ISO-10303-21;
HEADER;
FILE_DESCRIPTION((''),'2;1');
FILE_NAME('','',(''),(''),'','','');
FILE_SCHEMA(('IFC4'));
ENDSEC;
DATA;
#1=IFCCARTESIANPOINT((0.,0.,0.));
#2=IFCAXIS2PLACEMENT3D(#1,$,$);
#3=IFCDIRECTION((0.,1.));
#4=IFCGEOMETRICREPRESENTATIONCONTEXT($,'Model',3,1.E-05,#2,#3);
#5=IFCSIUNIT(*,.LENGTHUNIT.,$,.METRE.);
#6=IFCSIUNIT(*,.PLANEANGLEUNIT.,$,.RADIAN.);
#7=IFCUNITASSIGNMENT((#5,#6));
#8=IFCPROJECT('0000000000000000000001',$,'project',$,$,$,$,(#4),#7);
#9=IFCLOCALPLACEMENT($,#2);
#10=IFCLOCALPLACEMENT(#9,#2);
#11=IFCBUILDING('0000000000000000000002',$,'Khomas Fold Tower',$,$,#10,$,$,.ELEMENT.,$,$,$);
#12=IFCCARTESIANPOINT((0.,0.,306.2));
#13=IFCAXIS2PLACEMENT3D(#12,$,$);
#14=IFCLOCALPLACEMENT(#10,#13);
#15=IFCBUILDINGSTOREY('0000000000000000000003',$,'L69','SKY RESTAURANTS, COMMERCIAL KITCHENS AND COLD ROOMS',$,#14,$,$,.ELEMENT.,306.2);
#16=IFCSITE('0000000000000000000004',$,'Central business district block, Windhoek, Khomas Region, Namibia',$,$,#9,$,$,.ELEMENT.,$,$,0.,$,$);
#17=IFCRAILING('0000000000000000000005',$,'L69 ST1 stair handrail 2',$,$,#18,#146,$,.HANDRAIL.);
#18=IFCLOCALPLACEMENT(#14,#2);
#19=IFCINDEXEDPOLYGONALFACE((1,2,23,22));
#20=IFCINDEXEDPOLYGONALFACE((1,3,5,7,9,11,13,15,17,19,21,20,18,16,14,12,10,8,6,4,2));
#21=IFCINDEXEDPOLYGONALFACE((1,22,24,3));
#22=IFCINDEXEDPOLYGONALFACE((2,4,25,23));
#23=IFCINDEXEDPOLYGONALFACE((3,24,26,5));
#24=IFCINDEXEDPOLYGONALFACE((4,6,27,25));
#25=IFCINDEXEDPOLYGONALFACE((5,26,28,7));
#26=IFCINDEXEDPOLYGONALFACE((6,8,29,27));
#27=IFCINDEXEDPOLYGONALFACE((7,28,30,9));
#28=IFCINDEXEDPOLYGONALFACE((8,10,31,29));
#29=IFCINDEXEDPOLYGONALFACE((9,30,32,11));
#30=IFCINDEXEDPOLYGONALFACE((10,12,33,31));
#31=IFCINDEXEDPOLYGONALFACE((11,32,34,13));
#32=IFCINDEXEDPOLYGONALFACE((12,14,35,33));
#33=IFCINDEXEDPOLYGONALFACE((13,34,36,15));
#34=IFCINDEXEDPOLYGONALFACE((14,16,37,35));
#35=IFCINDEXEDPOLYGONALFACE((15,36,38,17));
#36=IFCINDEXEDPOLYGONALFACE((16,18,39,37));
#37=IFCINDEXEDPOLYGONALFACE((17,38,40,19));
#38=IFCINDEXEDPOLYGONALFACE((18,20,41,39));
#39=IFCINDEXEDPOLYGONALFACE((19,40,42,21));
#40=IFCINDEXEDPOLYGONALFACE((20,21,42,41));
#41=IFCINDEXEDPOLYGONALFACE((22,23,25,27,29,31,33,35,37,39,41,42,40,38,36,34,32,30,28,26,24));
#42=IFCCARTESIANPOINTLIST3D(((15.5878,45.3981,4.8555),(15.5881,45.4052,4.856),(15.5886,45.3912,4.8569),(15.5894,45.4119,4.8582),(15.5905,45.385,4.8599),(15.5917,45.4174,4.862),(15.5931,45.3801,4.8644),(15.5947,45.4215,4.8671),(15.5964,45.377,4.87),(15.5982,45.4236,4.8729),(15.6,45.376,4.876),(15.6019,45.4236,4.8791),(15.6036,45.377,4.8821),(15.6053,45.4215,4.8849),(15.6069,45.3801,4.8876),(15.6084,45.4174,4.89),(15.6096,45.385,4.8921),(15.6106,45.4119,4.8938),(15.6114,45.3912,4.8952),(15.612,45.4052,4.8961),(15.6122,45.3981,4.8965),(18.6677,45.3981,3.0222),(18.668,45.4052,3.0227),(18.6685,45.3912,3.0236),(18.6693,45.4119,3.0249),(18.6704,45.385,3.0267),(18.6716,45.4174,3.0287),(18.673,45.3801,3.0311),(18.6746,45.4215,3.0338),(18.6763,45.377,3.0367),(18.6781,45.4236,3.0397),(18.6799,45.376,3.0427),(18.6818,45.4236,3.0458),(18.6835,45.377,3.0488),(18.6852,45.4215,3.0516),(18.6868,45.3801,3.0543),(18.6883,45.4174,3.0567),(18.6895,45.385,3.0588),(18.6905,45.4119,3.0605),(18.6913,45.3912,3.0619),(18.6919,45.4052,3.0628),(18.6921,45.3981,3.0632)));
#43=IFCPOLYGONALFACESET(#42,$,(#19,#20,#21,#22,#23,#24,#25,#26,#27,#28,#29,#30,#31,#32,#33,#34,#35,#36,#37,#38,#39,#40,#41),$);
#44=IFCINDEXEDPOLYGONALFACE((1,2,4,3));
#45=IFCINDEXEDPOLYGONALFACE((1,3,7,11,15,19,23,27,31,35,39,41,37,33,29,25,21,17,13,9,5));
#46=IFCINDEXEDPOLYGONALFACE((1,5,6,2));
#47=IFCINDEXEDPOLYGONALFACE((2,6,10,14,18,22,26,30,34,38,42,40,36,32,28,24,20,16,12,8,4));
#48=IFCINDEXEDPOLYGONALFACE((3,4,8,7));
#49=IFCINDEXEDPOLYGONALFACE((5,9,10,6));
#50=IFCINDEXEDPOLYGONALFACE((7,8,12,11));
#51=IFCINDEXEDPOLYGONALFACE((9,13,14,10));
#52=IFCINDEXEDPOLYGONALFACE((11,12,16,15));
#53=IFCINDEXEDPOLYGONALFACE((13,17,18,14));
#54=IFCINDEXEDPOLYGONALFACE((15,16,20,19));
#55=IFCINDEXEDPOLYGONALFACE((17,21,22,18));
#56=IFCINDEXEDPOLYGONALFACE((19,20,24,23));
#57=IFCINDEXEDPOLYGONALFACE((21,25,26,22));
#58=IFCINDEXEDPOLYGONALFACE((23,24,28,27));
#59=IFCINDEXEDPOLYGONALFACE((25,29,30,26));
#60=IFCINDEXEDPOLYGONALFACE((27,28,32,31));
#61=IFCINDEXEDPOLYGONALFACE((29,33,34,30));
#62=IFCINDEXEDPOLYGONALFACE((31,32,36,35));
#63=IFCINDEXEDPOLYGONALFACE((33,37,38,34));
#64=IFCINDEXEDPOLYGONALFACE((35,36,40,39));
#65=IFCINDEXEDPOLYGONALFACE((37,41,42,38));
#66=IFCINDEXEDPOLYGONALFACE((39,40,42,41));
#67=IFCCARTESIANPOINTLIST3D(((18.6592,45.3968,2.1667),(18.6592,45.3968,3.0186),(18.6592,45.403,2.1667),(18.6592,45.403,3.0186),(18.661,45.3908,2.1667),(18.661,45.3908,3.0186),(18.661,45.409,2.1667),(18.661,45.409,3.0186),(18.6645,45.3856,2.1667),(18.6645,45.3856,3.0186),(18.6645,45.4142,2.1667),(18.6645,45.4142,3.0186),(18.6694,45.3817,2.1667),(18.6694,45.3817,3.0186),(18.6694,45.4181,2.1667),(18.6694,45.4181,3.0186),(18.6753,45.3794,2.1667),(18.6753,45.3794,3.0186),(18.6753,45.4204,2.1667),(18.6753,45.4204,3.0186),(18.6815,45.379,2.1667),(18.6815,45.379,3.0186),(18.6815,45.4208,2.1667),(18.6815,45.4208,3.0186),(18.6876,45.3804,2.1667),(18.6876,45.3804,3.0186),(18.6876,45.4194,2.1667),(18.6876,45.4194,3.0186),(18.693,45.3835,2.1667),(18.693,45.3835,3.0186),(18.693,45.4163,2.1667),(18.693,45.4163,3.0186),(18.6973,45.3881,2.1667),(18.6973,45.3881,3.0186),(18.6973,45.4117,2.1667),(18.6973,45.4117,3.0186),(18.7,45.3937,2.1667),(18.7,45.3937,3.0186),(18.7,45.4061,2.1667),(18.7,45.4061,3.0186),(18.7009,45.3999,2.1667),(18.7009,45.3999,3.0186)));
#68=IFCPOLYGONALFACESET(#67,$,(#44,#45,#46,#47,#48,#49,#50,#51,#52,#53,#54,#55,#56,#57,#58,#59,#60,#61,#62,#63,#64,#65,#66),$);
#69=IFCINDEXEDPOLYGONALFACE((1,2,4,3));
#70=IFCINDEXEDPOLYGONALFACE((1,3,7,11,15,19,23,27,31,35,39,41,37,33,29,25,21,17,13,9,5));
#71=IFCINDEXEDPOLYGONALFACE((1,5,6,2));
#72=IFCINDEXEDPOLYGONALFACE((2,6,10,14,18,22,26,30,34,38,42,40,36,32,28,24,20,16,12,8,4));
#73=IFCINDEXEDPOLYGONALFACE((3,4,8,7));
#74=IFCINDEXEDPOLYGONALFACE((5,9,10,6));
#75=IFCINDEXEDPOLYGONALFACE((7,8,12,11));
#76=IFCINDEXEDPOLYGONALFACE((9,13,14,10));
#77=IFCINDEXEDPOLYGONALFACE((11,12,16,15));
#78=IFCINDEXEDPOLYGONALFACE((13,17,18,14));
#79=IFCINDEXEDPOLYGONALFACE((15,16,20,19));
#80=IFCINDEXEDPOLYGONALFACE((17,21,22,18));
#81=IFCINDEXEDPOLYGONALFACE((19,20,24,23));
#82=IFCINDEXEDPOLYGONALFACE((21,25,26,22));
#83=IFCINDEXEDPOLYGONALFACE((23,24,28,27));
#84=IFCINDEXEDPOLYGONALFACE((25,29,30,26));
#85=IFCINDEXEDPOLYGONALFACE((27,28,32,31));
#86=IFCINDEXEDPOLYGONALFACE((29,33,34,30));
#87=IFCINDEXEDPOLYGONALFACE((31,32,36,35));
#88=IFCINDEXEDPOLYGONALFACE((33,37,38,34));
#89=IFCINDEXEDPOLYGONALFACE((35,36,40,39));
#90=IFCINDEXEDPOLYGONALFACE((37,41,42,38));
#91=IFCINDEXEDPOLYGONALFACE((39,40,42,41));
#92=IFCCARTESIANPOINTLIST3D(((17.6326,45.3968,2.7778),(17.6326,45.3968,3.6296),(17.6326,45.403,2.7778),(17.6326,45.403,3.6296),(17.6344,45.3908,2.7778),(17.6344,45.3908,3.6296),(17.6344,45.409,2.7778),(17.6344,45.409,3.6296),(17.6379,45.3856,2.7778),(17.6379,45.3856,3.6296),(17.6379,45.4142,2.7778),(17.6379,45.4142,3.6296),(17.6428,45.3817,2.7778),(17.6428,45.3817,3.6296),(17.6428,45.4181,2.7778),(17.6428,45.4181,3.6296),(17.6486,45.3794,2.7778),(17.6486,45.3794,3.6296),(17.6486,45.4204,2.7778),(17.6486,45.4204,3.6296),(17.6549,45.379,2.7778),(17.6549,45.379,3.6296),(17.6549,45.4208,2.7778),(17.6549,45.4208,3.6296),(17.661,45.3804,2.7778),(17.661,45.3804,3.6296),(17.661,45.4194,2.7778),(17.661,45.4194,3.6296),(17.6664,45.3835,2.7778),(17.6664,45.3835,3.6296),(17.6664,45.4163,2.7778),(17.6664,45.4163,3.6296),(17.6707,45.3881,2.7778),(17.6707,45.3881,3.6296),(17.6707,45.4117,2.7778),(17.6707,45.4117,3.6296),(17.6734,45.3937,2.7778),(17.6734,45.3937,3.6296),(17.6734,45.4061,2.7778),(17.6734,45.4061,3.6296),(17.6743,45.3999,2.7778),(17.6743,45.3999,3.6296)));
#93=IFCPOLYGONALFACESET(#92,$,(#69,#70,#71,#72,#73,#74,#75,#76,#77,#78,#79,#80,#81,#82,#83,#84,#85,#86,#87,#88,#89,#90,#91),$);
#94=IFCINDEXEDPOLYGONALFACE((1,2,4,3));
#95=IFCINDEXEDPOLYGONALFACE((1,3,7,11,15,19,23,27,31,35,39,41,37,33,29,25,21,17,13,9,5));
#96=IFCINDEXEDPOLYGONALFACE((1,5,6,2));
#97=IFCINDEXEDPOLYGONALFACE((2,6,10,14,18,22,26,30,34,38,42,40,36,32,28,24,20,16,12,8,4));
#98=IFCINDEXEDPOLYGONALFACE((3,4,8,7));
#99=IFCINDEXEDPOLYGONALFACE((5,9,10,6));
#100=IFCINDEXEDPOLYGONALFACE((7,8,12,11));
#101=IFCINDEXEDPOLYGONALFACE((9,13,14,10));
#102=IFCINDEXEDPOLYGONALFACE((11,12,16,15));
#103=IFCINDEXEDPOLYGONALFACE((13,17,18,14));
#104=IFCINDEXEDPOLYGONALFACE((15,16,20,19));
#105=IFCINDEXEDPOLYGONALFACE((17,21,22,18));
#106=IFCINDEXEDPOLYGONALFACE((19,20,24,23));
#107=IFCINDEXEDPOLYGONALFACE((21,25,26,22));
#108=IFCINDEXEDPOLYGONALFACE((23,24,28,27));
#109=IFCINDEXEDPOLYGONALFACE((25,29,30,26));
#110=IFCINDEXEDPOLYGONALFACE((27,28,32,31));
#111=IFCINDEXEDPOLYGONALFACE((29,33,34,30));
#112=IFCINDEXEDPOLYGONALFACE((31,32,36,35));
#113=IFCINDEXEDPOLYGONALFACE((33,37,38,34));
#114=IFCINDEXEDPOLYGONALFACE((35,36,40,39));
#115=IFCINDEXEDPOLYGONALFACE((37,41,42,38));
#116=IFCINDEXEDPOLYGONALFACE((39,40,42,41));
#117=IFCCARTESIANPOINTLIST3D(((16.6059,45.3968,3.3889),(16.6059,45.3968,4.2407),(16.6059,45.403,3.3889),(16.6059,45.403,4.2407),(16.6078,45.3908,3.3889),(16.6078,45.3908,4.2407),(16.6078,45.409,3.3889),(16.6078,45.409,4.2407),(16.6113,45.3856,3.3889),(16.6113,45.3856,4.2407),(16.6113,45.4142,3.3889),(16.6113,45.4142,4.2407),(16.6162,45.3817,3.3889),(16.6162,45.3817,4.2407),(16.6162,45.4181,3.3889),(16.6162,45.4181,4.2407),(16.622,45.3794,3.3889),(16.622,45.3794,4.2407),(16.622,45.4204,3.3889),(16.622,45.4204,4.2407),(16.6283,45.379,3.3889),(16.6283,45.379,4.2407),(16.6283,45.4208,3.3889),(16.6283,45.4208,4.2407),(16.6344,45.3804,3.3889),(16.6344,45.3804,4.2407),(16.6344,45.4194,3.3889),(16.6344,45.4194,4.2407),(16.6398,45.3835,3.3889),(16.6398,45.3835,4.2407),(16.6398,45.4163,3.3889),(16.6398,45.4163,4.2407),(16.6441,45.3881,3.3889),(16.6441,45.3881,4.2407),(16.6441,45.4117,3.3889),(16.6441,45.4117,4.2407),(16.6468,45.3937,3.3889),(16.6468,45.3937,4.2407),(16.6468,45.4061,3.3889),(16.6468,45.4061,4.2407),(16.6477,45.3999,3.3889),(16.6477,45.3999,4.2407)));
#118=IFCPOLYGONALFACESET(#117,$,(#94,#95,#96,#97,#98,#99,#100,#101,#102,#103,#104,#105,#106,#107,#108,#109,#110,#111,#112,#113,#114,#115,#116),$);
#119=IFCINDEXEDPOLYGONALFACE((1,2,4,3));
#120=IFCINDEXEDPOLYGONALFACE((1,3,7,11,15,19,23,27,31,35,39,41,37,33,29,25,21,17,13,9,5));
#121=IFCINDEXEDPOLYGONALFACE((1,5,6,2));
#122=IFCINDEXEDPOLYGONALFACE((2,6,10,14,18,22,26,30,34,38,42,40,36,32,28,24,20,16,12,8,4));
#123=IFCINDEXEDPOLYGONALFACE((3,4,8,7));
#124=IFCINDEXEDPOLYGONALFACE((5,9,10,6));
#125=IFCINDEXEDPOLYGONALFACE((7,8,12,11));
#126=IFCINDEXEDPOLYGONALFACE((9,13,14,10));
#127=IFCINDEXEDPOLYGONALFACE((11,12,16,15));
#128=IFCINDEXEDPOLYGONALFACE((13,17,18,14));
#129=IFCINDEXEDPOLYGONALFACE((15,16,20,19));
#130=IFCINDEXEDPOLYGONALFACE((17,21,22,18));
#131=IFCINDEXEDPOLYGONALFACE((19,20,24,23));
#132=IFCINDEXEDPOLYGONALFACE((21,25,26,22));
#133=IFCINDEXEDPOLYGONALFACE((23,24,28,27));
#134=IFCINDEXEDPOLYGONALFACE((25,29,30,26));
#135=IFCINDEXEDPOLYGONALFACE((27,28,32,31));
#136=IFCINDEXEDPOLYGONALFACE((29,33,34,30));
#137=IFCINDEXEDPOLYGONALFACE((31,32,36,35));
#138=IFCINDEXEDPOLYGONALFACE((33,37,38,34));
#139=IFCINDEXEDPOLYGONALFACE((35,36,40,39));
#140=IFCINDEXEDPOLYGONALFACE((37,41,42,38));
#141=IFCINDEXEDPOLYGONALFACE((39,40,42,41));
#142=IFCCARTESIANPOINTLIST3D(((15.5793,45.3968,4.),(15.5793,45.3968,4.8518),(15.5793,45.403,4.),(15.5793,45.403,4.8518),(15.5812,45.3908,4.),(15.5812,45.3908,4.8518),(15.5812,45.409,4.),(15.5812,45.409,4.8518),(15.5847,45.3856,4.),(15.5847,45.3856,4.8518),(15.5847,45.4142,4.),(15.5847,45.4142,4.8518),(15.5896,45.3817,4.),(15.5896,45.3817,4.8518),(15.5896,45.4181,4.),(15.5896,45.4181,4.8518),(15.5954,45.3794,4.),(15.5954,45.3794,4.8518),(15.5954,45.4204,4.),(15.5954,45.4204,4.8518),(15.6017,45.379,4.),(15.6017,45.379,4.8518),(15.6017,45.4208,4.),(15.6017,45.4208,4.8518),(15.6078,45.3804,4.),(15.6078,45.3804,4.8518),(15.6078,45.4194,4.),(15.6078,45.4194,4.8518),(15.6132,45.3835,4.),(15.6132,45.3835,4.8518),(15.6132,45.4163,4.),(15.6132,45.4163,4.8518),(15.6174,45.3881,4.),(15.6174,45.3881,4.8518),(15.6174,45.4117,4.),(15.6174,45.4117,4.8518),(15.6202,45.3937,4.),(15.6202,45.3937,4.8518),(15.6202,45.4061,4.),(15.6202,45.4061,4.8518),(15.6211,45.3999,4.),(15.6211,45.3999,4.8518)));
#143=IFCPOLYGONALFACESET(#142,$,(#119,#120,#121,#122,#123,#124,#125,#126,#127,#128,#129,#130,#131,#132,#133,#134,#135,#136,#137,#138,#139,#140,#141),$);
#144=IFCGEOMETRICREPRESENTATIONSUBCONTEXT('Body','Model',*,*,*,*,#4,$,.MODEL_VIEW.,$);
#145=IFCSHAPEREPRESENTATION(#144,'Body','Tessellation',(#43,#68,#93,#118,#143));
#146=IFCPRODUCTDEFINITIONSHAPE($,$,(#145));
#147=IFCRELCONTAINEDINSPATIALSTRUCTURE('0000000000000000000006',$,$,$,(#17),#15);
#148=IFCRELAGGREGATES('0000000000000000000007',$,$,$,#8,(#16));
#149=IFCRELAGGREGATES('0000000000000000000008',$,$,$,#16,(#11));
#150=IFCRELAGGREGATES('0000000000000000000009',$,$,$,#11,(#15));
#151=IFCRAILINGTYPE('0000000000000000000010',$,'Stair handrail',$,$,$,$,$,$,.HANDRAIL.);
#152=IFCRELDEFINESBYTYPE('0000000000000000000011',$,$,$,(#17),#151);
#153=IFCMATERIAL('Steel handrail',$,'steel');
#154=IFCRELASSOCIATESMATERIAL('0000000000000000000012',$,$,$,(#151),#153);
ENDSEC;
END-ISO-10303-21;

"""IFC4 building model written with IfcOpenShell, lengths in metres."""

from ifc_helpers import new_model, si_unit, direction, frame, origin, origin_2d, place, context, subcontext, project, spatial, circle, extrude, source, transform, mapped, material, type_object, element, save


model = new_model("IFC4")

# Units and contexts
model_context = context("Model", 3, precision=1e-05, world=origin(), true_north=direction((0.0, 1.0)))
body_context = subcontext(model_context, "Body", "Model", "MODEL_VIEW")
ifc_project = project(units=[si_unit("LENGTHUNIT", "METRE"), si_unit("PLANEANGLEUNIT", "RADIAN")], contexts=[model_context])

# Site, building, storey
site_placement = place(None, origin())
site = spatial("IfcSite", under=ifc_project, at=site_placement, Name="Central business district block, Windhoek, Khomas Region, Namibia", CompositionType="ELEMENT", RefElevation=0.0)
building_placement = place(site_placement, origin())
building = spatial("IfcBuilding", under=site, at=building_placement, Name="Khomas Fold Tower", CompositionType="ELEMENT")
storey_placement = place(building_placement, frame((0.0, 0.0, 306.2)))
storey = spatial("IfcBuildingStorey", under=building, at=storey_placement, Name="L69", Description="SKY RESTAURANTS, COMMERCIAL KITCHENS AND COLD ROOMS", CompositionType="ELEMENT", Elevation=306.2)

# Railing
ifc_material_1 = material(Name="Steel handrail", Category="steel")
railing_type_1 = type_object("IfcRailingType", Name="Stair handrail", PredefinedType="HANDRAIL", material=ifc_material_1)
shared_shape_1 = source(origin(), body_context, "Body", "SweptSolid", [
    extrude(circle(Radius=0.0239, at=origin_2d()), frame((0.0, 0.0, 0.876), z_axis=(-0.859291, 0.0, 0.511487), x_axis=(0.0, -1.0, 0.0)), (0.0, 0.0, 1.0), 3.5842),
    extrude(circle(Radius=0.021, at=origin_2d()), origin(), (0.0, 0.0, 1.0), 0.8518),
    extrude(circle(Radius=0.021, at=origin_2d()), frame((-1.0266, 0.0, 0.6111)), (0.0, 0.0, 1.0), 0.8518),
    extrude(circle(Radius=0.021, at=origin_2d()), frame((-2.0532, 0.0, 1.2222)), (0.0, 0.0, 1.0), 0.8518),
    extrude(circle(Radius=0.021, at=origin_2d()), frame((-3.0798, 0.0, 1.8333)), (0.0, 0.0, 1.0), 0.8518),
])
railing_1_placement = place(storey_placement, frame((18.6799, 45.3999, 2.1667)))
element("IfcRailing", 1, at=railing_1_placement, inside=storey, type_object=railing_type_1, Name="L69 ST1 stair handrail 2", PredefinedType="HANDRAIL", context=body_context, shape_type="MappedRepresentation", body=[
    mapped(shared_shape_1, transform((0.0, 0.0, 0.0))),
])

save(model, "model.ifc")
